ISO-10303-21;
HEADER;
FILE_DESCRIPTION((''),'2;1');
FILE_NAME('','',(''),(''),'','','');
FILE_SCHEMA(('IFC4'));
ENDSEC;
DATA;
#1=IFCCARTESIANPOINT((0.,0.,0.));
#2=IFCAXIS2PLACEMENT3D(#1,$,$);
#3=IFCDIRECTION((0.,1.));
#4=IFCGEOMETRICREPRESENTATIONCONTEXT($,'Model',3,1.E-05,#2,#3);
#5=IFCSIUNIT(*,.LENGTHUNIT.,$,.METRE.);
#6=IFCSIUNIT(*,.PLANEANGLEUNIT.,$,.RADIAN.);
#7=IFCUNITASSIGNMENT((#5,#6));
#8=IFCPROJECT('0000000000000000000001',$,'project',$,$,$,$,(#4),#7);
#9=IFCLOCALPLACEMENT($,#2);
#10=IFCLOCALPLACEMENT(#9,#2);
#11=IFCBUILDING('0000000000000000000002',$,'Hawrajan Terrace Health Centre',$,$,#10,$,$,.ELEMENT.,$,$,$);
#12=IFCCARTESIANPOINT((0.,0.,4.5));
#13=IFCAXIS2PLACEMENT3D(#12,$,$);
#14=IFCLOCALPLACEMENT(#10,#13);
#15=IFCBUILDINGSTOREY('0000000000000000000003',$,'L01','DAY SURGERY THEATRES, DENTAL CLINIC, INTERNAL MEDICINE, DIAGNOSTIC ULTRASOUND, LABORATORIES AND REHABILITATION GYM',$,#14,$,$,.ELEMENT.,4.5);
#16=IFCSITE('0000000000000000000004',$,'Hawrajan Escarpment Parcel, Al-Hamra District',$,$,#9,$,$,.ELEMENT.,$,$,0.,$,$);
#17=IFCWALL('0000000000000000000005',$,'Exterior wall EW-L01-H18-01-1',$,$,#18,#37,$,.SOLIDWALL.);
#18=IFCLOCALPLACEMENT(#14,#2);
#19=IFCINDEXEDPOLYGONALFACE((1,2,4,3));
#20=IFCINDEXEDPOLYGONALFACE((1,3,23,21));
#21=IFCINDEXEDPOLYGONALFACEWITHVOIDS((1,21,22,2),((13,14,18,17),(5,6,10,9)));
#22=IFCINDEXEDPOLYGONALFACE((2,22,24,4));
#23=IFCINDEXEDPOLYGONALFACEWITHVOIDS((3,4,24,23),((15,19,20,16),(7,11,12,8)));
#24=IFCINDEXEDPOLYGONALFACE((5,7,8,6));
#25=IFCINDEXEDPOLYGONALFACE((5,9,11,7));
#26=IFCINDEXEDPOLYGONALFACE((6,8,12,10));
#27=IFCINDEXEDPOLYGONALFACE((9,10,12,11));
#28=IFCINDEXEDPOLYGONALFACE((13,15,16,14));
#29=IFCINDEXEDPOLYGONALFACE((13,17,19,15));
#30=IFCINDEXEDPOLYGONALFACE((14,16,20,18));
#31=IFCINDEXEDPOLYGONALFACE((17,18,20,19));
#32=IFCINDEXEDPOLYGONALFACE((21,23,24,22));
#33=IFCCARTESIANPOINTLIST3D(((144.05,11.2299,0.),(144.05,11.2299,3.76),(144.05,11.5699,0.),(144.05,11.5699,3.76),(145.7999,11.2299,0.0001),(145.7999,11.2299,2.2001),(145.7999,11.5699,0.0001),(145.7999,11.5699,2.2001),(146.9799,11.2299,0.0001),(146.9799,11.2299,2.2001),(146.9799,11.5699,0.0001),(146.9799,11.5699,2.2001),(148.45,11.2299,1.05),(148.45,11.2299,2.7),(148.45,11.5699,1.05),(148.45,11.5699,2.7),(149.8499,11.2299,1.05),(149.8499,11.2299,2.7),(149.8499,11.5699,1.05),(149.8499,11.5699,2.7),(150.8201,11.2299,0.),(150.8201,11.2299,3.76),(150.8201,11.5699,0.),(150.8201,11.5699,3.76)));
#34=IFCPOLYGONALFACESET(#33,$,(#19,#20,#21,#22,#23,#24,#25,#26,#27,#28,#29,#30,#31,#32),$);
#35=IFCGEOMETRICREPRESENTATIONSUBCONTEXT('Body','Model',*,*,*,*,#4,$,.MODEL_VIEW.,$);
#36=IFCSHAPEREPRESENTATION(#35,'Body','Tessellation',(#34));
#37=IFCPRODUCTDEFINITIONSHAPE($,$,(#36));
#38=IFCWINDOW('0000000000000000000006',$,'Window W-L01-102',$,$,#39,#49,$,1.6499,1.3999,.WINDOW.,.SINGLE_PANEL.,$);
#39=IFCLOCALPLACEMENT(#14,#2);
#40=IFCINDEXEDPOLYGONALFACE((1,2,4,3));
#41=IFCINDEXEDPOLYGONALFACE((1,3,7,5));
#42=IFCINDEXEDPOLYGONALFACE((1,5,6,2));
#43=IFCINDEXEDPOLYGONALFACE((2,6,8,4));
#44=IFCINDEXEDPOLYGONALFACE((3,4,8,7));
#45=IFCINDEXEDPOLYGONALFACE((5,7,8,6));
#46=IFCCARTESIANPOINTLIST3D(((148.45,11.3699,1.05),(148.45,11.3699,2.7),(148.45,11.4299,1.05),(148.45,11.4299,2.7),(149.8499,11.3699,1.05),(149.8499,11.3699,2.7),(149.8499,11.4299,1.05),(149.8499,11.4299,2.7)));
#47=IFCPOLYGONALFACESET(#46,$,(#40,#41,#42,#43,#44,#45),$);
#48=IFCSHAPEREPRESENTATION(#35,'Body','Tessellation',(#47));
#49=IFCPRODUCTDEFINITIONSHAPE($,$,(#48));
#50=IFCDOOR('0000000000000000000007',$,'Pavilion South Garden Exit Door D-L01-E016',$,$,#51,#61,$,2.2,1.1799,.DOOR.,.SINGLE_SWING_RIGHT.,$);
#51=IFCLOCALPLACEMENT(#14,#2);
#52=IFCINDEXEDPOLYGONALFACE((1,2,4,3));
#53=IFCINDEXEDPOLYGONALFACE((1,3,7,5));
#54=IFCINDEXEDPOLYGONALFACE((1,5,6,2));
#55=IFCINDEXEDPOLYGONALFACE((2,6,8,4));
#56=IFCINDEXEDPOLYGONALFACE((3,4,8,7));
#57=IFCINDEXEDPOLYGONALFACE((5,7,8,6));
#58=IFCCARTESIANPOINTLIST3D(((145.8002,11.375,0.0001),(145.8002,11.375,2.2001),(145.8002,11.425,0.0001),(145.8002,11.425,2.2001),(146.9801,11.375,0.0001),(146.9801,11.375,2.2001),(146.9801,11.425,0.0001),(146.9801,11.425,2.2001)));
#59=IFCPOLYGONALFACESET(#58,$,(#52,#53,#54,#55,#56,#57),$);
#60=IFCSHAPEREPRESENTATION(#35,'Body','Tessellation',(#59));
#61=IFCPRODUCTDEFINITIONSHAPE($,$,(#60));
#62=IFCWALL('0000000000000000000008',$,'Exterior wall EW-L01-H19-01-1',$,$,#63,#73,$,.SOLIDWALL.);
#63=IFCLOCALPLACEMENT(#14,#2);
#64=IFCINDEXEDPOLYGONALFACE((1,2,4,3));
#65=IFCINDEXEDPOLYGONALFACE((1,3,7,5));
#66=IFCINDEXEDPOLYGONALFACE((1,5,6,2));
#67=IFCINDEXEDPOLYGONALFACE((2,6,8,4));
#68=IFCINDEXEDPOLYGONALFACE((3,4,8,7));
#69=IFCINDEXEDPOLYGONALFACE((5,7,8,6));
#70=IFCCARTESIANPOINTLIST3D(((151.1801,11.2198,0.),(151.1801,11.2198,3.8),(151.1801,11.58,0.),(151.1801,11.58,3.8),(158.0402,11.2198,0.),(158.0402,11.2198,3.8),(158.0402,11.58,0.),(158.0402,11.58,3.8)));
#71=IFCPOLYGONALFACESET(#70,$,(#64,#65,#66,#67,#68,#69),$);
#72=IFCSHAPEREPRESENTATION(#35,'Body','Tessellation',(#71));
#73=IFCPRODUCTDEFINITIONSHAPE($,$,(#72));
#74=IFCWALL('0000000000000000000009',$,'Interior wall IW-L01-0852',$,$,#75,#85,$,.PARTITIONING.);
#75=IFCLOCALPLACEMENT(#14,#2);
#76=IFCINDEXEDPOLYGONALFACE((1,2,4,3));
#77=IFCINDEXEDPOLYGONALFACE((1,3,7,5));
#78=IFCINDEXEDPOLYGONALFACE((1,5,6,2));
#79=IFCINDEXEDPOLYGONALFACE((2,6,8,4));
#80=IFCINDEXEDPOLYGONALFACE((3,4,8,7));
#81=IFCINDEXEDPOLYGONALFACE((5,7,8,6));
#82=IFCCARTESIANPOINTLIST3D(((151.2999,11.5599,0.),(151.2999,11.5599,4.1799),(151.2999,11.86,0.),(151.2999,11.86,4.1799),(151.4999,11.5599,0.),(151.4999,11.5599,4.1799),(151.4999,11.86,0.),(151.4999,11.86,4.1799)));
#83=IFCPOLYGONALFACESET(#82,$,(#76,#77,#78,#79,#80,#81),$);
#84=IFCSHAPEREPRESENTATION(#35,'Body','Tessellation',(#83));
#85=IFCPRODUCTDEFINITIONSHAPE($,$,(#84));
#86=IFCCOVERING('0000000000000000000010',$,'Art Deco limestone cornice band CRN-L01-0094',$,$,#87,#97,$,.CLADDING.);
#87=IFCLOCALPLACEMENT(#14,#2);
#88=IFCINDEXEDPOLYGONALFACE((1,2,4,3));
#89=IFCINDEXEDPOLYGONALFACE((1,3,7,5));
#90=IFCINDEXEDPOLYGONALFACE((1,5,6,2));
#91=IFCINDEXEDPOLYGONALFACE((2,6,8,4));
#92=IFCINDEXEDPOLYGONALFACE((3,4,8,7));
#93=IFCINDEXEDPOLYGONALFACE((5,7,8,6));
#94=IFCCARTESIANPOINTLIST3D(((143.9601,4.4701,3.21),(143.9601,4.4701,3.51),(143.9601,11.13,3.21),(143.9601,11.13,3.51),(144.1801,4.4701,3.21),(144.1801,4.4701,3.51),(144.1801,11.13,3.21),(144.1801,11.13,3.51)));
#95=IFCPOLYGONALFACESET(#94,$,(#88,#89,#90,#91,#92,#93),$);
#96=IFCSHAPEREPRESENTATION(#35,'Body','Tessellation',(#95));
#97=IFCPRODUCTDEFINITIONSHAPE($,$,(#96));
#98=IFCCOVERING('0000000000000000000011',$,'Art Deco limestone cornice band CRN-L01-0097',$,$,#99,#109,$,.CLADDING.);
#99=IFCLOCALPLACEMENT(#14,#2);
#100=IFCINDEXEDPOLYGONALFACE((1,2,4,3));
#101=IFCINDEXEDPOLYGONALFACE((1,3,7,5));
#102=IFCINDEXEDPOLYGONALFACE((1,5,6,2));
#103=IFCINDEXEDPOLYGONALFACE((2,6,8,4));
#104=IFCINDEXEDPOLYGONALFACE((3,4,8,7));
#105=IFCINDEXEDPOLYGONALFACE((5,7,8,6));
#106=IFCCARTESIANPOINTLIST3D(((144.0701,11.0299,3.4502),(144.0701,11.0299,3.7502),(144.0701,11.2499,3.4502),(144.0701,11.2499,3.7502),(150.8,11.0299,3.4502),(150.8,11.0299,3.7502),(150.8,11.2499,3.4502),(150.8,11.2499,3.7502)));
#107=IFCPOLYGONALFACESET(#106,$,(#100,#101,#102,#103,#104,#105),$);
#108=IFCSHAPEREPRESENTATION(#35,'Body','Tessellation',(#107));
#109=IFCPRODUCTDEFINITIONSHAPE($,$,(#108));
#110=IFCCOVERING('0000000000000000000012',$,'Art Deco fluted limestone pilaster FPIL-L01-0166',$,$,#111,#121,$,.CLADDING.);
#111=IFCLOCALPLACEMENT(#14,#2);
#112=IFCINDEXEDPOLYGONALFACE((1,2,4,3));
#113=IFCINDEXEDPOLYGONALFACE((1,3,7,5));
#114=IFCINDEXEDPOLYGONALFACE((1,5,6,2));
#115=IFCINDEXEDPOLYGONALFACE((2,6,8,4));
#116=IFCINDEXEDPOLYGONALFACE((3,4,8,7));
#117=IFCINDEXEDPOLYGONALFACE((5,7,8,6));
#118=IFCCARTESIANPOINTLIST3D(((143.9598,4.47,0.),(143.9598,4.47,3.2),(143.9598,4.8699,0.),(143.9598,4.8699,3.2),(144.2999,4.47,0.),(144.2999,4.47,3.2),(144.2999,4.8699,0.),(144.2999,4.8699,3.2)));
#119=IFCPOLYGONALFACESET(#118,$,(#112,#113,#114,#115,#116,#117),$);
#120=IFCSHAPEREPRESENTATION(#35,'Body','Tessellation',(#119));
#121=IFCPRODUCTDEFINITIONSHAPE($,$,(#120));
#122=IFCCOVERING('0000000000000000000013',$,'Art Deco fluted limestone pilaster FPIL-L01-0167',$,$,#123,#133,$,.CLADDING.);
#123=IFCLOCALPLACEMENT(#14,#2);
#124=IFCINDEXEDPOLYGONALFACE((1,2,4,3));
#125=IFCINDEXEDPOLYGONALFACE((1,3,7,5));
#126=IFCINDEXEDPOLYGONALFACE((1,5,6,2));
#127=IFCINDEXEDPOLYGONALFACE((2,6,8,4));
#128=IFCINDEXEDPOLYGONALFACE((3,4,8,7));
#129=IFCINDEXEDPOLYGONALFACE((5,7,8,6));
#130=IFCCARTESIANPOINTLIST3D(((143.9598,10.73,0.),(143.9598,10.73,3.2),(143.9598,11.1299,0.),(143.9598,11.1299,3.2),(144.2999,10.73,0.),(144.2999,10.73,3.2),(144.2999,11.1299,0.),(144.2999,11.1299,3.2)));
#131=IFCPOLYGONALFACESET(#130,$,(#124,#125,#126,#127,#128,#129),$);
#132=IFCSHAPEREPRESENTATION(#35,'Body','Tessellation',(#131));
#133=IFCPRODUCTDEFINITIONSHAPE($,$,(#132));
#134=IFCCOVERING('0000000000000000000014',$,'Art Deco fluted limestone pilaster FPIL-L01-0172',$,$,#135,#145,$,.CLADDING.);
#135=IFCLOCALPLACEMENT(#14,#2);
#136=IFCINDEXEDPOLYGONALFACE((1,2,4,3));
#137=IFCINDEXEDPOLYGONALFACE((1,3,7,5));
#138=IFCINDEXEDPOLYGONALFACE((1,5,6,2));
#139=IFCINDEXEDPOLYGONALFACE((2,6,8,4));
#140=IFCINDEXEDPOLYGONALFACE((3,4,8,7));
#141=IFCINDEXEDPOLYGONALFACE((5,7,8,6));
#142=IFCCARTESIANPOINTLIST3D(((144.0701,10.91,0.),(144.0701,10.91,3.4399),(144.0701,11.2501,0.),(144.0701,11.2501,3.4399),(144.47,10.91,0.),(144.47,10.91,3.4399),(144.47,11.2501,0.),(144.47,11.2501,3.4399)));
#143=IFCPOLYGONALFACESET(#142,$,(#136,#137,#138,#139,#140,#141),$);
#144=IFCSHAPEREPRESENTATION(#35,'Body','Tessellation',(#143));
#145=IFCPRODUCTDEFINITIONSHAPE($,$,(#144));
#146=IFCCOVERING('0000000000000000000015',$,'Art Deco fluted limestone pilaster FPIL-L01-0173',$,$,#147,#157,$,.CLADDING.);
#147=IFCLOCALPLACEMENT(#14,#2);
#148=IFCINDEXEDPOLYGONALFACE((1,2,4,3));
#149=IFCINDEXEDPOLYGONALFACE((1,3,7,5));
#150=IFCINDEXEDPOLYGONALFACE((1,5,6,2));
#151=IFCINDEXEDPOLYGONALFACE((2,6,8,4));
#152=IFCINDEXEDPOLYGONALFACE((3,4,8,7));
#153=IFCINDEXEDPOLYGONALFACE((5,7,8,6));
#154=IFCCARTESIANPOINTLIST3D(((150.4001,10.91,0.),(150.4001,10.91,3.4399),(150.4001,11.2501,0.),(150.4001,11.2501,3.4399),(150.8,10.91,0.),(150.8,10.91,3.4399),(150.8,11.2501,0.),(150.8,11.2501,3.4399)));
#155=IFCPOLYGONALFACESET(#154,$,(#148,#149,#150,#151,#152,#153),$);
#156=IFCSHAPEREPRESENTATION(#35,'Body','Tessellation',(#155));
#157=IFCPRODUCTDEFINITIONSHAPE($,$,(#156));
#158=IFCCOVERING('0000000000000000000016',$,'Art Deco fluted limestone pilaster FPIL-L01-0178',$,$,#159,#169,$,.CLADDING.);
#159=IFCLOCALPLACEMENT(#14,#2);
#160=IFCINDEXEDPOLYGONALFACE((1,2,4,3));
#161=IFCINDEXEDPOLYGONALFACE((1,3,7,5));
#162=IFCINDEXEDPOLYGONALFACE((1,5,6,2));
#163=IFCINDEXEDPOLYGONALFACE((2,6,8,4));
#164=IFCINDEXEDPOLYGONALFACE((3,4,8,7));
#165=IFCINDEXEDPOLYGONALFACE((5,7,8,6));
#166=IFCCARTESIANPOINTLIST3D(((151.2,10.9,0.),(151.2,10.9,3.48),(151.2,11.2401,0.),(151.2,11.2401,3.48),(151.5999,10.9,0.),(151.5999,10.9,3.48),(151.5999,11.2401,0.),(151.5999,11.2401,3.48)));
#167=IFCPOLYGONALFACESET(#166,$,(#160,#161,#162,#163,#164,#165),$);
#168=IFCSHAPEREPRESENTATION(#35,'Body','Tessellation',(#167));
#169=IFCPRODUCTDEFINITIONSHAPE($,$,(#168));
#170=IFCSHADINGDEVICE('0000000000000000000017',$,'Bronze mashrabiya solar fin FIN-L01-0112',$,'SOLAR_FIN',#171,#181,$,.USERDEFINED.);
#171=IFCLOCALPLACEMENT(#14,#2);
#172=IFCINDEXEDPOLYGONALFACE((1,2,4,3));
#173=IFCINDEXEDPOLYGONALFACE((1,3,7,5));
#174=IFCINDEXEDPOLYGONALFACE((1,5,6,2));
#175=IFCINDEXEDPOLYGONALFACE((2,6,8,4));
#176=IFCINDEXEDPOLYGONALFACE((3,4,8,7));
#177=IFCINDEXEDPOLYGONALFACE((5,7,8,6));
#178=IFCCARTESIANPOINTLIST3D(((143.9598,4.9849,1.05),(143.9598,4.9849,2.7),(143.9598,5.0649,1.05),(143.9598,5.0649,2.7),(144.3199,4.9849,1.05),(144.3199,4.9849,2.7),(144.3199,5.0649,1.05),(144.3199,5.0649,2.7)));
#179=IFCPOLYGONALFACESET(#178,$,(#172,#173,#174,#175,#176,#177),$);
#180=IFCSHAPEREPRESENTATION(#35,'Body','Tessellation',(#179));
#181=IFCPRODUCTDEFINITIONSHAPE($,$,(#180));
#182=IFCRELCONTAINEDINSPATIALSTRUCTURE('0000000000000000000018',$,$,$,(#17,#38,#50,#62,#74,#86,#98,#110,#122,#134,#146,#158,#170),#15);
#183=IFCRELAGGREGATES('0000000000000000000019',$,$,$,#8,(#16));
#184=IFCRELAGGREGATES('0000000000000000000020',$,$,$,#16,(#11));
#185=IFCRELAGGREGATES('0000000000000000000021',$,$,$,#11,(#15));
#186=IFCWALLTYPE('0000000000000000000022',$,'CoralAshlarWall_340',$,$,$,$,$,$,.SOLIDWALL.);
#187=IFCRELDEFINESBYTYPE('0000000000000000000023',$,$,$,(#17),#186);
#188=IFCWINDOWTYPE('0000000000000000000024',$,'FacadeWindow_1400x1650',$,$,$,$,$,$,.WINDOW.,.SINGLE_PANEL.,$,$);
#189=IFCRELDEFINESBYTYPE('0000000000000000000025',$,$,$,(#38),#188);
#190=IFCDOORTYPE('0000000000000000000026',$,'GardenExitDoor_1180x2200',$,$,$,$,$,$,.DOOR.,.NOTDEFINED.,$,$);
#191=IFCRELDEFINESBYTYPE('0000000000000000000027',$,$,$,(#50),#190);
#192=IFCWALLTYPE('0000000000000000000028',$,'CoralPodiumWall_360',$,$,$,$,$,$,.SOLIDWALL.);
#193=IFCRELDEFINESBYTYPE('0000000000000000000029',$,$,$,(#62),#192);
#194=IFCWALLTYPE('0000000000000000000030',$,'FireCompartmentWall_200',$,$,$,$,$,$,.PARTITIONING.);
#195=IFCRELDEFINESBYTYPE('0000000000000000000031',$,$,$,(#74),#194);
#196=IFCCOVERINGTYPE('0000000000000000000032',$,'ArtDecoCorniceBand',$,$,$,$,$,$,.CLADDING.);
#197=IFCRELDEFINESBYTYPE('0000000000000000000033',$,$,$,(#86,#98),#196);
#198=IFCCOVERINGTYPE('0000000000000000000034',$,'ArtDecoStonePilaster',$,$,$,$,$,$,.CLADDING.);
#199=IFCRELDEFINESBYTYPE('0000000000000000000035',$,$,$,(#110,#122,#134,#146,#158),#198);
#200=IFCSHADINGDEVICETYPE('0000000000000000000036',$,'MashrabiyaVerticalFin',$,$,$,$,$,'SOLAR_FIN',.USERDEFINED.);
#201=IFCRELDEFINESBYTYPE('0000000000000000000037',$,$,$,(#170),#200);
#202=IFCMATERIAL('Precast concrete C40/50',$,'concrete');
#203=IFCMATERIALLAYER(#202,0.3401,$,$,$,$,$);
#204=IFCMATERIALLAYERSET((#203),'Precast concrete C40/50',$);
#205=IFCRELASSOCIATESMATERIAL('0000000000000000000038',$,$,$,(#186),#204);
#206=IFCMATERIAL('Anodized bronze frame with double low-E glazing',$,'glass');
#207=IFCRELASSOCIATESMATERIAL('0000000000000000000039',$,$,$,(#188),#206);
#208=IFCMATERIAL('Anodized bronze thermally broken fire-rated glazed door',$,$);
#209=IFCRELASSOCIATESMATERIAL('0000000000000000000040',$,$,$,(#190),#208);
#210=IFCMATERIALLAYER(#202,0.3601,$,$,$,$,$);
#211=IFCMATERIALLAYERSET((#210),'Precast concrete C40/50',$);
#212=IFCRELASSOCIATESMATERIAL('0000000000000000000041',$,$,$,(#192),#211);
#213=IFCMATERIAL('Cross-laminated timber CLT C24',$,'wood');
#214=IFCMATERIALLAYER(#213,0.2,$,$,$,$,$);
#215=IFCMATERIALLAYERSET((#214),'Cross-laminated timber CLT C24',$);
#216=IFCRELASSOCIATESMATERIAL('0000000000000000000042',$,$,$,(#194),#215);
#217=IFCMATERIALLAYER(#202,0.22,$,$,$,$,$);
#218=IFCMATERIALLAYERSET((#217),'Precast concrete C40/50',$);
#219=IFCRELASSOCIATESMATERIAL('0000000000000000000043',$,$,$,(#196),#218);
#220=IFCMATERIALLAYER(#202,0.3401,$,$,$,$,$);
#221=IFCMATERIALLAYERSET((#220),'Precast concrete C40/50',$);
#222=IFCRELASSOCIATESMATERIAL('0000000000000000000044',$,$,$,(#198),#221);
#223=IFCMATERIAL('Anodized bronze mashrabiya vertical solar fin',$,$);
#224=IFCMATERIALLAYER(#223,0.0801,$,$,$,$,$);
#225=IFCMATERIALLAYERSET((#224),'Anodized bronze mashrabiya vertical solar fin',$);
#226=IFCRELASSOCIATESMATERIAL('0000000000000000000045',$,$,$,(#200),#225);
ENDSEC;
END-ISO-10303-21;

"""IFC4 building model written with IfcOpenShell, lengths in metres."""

from ifc_helpers import new_model, si_unit, direction, frame, frame_2d, origin, origin_2d, place, context, subcontext, project, spatial, rectangle, extrude, material, layer, layer_set, type_object, element, fill, save


model = new_model("IFC4")

# Units and contexts
model_context = context("Model", 3, precision=1e-05, world=origin(), true_north=direction((0.0, 1.0)))
body_context = subcontext(model_context, "Body", "Model", "MODEL_VIEW")
ifc_project = project(units=[si_unit("LENGTHUNIT", "METRE"), si_unit("PLANEANGLEUNIT", "RADIAN")], contexts=[model_context])

# Site, building, storey
site_placement = place(None, origin())
site = spatial("IfcSite", under=ifc_project, at=site_placement, Name="Hawrajan Escarpment Parcel, Al-Hamra District", CompositionType="ELEMENT", RefElevation=0.0)
building_placement = place(site_placement, origin())
building = spatial("IfcBuilding", under=site, at=building_placement, Name="Hawrajan Terrace Health Centre", CompositionType="ELEMENT")
storey_placement = place(building_placement, frame((0.0, 0.0, 4.5)))
storey = spatial("IfcBuildingStorey", under=building, at=storey_placement, Name="L01", Description="DAY SURGERY THEATRES, DENTAL CLINIC, INTERNAL MEDICINE, DIAGNOSTIC ULTRASOUND, LABORATORIES AND REHABILITATION GYM", CompositionType="ELEMENT", Elevation=4.5)

# Wall, openings, window, door
ifc_material_1 = material(Name="Precast concrete C40/50", Category="concrete")
ifc_layer_1 = layer(ifc_material_1, 0.3401)
ifc_layer_set_1 = layer_set([ifc_layer_1], Name="Precast concrete C40/50")
wall_type_1 = type_object("IfcWallType", Name="CoralAshlarWall_340", PredefinedType="SOLIDWALL", material=ifc_layer_set_1)
wall_1_placement = place(storey_placement, frame((144.05, 11.3999, 0.0), z_axis=(0.0, 0.0, 1.0), x_axis=(1.0, 0.0, 0.0)))
wall_1 = element("IfcWall", 1, at=wall_1_placement, inside=storey, type_object=wall_type_1, Name="Exterior wall EW-L01-H18-01-1", PredefinedType="SOLIDWALL", context=body_context, shape_type="SweptSolid", body=[
    extrude(rectangle(XDim=6.77, YDim=0.3401, at=frame_2d((3.385, 0.0))), origin(), (0.0, 0.0, 1.0), 3.76),
])
opening_1_placement = place(wall_1_placement, frame((1.75, 0.0, 0.0)))
opening_1 = element("IfcOpeningElement", 2, at=opening_1_placement, cuts=wall_1, PredefinedType="OPENING", context=body_context, shape_type="SweptSolid", body=[
    extrude(rectangle(XDim=1.1799, YDim=2.2, at=frame_2d((0.5898, 1.1001))), frame((0.0, 0.1799, 0.0), z_axis=(0.0, -1.0, 0.0), x_axis=(1.0, 0.0, 0.0)), (0.0, 0.0, 1.0), 0.3601),
])
opening_2_placement = place(wall_1_placement, frame((4.3999, 0.0, 1.05)))
opening_2 = element("IfcOpeningElement", 3, at=opening_2_placement, cuts=wall_1, PredefinedType="OPENING", context=body_context, shape_type="SweptSolid", body=[
    extrude(rectangle(XDim=1.3999, YDim=1.6499, at=frame_2d((0.7, 0.825))), frame((0.0, 0.1799, 0.0), z_axis=(0.0, -1.0, 0.0), x_axis=(1.0, 0.0, 0.0)), (0.0, 0.0, 1.0), 0.3601),
])
ifc_material_2 = material(Name="Anodized bronze frame with double low-E glazing", Category="glass")
window_type = type_object("IfcWindowType", Name="FacadeWindow_1400x1650", PartitioningType="SINGLE_PANEL", PredefinedType="WINDOW", material=ifc_material_2)
window_placement = place(opening_2_placement, origin())
window = element("IfcWindow", 4, at=window_placement, inside=storey, type_object=window_type, Name="Window W-L01-102", OverallHeight=1.6499, OverallWidth=1.3999, PartitioningType="SINGLE_PANEL", PredefinedType="WINDOW", context=body_context, shape_type="SweptSolid", body=[
    extrude(rectangle(XDim=1.3999, YDim=1.6499, at=frame_2d((0.7, 0.825))), frame((0.0, 0.03, 0.0), z_axis=(0.0, -1.0, 0.0), x_axis=(1.0, 0.0, 0.0)), (0.0, 0.0, 1.0), 0.0601),
])
fill(opening_2, window)
ifc_material_3 = material(Name="Anodized bronze thermally broken fire-rated glazed door")
door_type_1 = type_object("IfcDoorType", Name="GardenExitDoor_1180x2200", OperationType="NOTDEFINED", PredefinedType="DOOR", material=ifc_material_3)
door_1_placement = place(opening_1_placement, frame((1.1799, 0.0, 0.0), z_axis=(0.0, 0.0, 1.0), x_axis=(-1.0, 0.0, 0.0)))
door_1 = element("IfcDoor", 5, at=door_1_placement, inside=storey, type_object=door_type_1, Name="Pavilion South Garden Exit Door D-L01-E016", OperationType="SINGLE_SWING_RIGHT", OverallHeight=2.2, OverallWidth=1.1799, PredefinedType="DOOR", context=body_context, shape_type="SweptSolid", body=[
    extrude(rectangle(XDim=1.1799, YDim=2.2, at=frame_2d((0.5898, 1.1001))), frame((0.0, 0.0249, 0.0), z_axis=(0.0, -1.0, 0.0), x_axis=(1.0, 0.0, 0.0)), (0.0, 0.0, 1.0), 0.05),
])
fill(opening_1, door_1)

# Walls
ifc_layer_2 = layer(ifc_material_1, 0.3601)
ifc_layer_set_2 = layer_set([ifc_layer_2], Name="Precast concrete C40/50")
wall_type_2 = type_object("IfcWallType", Name="CoralPodiumWall_360", PredefinedType="SOLIDWALL", material=ifc_layer_set_2)
wall_2_placement = place(storey_placement, frame((151.1799, 11.3999, 0.0), z_axis=(0.0, 0.0, 1.0), x_axis=(1.0, 0.0, 0.0)))
element("IfcWall", 6, at=wall_2_placement, inside=storey, type_object=wall_type_2, Name="Exterior wall EW-L01-H19-01-1", PredefinedType="SOLIDWALL", context=body_context, shape_type="SweptSolid", body=[
    extrude(rectangle(XDim=6.8601, YDim=0.3601, at=frame_2d((3.4302, 0.0))), origin(), (0.0, 0.0, 1.0), 3.8),
])
ifc_material_4 = material(Name="Cross-laminated timber CLT C24", Category="wood")
ifc_layer_3 = layer(ifc_material_4, 0.2)
ifc_layer_set_3 = layer_set([ifc_layer_3], Name="Cross-laminated timber CLT C24")
wall_type_3 = type_object("IfcWallType", Name="FireCompartmentWall_200", PredefinedType="PARTITIONING", material=ifc_layer_set_3)
wall_3_placement = place(storey_placement, frame((151.3999, 11.5601, 0.0), z_axis=(0.0, 0.0, 1.0), x_axis=(0.0, 1.0, 0.0)))
element("IfcWall", 7, at=wall_3_placement, inside=storey, type_object=wall_type_3, Name="Interior wall IW-L01-0852", PredefinedType="PARTITIONING", context=body_context, shape_type="SweptSolid", body=[
    extrude(rectangle(XDim=0.3, YDim=0.2, at=frame_2d((0.1499, 0.0))), origin(), (0.0, 0.0, 1.0), 4.1799),
])

# Coverings
ifc_layer_4 = layer(ifc_material_1, 0.22)
ifc_layer_set_4 = layer_set([ifc_layer_4], Name="Precast concrete C40/50")
covering_type_1 = type_object("IfcCoveringType", Name="ArtDecoCorniceBand", PredefinedType="CLADDING", material=ifc_layer_set_4)
covering_1_placement = place(storey_placement, frame((144.0701, 7.8, 3.21), z_axis=(0.0, 0.0, 1.0), x_axis=(0.0, 1.0, 0.0)))
element("IfcCovering", 8, at=covering_1_placement, inside=storey, type_object=covering_type_1, Name="Art Deco limestone cornice band CRN-L01-0094", PredefinedType="CLADDING", context=body_context, shape_type="SweptSolid", body=[
    extrude(rectangle(XDim=6.6599, YDim=0.22, at=origin_2d()), origin(), (0.0, 0.0, 1.0), 0.3),
])
covering_2_placement = place(storey_placement, frame((147.4351, 11.1399, 3.4502), z_axis=(0.0, 0.0, 1.0), x_axis=(1.0, 0.0, 0.0)))
element("IfcCovering", 9, at=covering_2_placement, inside=storey, type_object=covering_type_1, Name="Art Deco limestone cornice band CRN-L01-0097", PredefinedType="CLADDING", context=body_context, shape_type="SweptSolid", body=[
    extrude(rectangle(XDim=6.73, YDim=0.22, at=origin_2d()), origin(), (0.0, 0.0, 1.0), 0.3),
])
ifc_layer_5 = layer(ifc_material_1, 0.3401)
ifc_layer_set_5 = layer_set([ifc_layer_5], Name="Precast concrete C40/50")
covering_type_2 = type_object("IfcCoveringType", Name="ArtDecoStonePilaster", PredefinedType="CLADDING", material=ifc_layer_set_5)
for number, where, z_axis, x_axis, name in (
    (10, (144.1299, 4.6699, 0.0), (0.0, 0.0, 1.0), (0.0, 1.0, 0.0), "Art Deco fluted limestone pilaster FPIL-L01-0166"),
    (11, (144.1299, 10.9299, 0.0), (0.0, 0.0, 1.0), (0.0, 1.0, 0.0), "Art Deco fluted limestone pilaster FPIL-L01-0167"),
):
    element("IfcCovering", number, at=place(storey_placement, frame(where, z_axis=z_axis, x_axis=x_axis)), inside=storey, type_object=covering_type_2, Name=name, PredefinedType="CLADDING", context=body_context, shape_type="SweptSolid", body=[
        extrude(rectangle(XDim=0.3999, YDim=0.3401, at=origin_2d()), origin(), (0.0, 0.0, 1.0), 3.2),
    ])
for number, where, z_axis, x_axis, name in (
    (12, (144.27, 11.0801, 0.0), (0.0, 0.0, 1.0), (1.0, 0.0, 0.0), "Art Deco fluted limestone pilaster FPIL-L01-0172"),
    (13, (150.6001, 11.0801, 0.0), (0.0, 0.0, 1.0), (1.0, 0.0, 0.0), "Art Deco fluted limestone pilaster FPIL-L01-0173"),
):
    element("IfcCovering", number, at=place(storey_placement, frame(where, z_axis=z_axis, x_axis=x_axis)), inside=storey, type_object=covering_type_2, Name=name, PredefinedType="CLADDING", context=body_context, shape_type="SweptSolid", body=[
        extrude(rectangle(XDim=0.3999, YDim=0.3401, at=origin_2d()), origin(), (0.0, 0.0, 1.0), 3.4399),
    ])
covering_3_placement = place(storey_placement, frame((151.3999, 11.0701, 0.0), z_axis=(0.0, 0.0, 1.0), x_axis=(1.0, 0.0, 0.0)))
element("IfcCovering", 14, at=covering_3_placement, inside=storey, type_object=covering_type_2, Name="Art Deco fluted limestone pilaster FPIL-L01-0178", PredefinedType="CLADDING", context=body_context, shape_type="SweptSolid", body=[
    extrude(rectangle(XDim=0.3999, YDim=0.3401, at=origin_2d()), origin(), (0.0, 0.0, 1.0), 3.48),
])

# Shading device
ifc_material_5 = material(Name="Anodized bronze mashrabiya vertical solar fin")
ifc_layer_6 = layer(ifc_material_5, 0.0801)
ifc_layer_set_6 = layer_set([ifc_layer_6], Name="Anodized bronze mashrabiya vertical solar fin")
shading_device_type_1 = type_object("IfcShadingDeviceType", Name="MashrabiyaVerticalFin", ElementType="SOLAR_FIN", PredefinedType="USERDEFINED", material=ifc_layer_set_6)
for number, where, z_axis, x_axis, name in (
    (15, (144.1399, 5.0249, 1.05), (0.0, 0.0, 1.0), (0.0, 1.0, 0.0), "Bronze mashrabiya solar fin FIN-L01-0112"),
):
    element("IfcShadingDevice", number, at=place(storey_placement, frame(where, z_axis=z_axis, x_axis=x_axis)), inside=storey, type_object=shading_device_type_1, Name=name, ObjectType="SOLAR_FIN", PredefinedType="USERDEFINED", context=body_context, shape_type="SweptSolid", body=[
        extrude(rectangle(XDim=0.0801, YDim=0.3601, at=origin_2d()), origin(), (0.0, 0.0, 1.0), 1.6499),
    ])

save(model, "model.ifc")
